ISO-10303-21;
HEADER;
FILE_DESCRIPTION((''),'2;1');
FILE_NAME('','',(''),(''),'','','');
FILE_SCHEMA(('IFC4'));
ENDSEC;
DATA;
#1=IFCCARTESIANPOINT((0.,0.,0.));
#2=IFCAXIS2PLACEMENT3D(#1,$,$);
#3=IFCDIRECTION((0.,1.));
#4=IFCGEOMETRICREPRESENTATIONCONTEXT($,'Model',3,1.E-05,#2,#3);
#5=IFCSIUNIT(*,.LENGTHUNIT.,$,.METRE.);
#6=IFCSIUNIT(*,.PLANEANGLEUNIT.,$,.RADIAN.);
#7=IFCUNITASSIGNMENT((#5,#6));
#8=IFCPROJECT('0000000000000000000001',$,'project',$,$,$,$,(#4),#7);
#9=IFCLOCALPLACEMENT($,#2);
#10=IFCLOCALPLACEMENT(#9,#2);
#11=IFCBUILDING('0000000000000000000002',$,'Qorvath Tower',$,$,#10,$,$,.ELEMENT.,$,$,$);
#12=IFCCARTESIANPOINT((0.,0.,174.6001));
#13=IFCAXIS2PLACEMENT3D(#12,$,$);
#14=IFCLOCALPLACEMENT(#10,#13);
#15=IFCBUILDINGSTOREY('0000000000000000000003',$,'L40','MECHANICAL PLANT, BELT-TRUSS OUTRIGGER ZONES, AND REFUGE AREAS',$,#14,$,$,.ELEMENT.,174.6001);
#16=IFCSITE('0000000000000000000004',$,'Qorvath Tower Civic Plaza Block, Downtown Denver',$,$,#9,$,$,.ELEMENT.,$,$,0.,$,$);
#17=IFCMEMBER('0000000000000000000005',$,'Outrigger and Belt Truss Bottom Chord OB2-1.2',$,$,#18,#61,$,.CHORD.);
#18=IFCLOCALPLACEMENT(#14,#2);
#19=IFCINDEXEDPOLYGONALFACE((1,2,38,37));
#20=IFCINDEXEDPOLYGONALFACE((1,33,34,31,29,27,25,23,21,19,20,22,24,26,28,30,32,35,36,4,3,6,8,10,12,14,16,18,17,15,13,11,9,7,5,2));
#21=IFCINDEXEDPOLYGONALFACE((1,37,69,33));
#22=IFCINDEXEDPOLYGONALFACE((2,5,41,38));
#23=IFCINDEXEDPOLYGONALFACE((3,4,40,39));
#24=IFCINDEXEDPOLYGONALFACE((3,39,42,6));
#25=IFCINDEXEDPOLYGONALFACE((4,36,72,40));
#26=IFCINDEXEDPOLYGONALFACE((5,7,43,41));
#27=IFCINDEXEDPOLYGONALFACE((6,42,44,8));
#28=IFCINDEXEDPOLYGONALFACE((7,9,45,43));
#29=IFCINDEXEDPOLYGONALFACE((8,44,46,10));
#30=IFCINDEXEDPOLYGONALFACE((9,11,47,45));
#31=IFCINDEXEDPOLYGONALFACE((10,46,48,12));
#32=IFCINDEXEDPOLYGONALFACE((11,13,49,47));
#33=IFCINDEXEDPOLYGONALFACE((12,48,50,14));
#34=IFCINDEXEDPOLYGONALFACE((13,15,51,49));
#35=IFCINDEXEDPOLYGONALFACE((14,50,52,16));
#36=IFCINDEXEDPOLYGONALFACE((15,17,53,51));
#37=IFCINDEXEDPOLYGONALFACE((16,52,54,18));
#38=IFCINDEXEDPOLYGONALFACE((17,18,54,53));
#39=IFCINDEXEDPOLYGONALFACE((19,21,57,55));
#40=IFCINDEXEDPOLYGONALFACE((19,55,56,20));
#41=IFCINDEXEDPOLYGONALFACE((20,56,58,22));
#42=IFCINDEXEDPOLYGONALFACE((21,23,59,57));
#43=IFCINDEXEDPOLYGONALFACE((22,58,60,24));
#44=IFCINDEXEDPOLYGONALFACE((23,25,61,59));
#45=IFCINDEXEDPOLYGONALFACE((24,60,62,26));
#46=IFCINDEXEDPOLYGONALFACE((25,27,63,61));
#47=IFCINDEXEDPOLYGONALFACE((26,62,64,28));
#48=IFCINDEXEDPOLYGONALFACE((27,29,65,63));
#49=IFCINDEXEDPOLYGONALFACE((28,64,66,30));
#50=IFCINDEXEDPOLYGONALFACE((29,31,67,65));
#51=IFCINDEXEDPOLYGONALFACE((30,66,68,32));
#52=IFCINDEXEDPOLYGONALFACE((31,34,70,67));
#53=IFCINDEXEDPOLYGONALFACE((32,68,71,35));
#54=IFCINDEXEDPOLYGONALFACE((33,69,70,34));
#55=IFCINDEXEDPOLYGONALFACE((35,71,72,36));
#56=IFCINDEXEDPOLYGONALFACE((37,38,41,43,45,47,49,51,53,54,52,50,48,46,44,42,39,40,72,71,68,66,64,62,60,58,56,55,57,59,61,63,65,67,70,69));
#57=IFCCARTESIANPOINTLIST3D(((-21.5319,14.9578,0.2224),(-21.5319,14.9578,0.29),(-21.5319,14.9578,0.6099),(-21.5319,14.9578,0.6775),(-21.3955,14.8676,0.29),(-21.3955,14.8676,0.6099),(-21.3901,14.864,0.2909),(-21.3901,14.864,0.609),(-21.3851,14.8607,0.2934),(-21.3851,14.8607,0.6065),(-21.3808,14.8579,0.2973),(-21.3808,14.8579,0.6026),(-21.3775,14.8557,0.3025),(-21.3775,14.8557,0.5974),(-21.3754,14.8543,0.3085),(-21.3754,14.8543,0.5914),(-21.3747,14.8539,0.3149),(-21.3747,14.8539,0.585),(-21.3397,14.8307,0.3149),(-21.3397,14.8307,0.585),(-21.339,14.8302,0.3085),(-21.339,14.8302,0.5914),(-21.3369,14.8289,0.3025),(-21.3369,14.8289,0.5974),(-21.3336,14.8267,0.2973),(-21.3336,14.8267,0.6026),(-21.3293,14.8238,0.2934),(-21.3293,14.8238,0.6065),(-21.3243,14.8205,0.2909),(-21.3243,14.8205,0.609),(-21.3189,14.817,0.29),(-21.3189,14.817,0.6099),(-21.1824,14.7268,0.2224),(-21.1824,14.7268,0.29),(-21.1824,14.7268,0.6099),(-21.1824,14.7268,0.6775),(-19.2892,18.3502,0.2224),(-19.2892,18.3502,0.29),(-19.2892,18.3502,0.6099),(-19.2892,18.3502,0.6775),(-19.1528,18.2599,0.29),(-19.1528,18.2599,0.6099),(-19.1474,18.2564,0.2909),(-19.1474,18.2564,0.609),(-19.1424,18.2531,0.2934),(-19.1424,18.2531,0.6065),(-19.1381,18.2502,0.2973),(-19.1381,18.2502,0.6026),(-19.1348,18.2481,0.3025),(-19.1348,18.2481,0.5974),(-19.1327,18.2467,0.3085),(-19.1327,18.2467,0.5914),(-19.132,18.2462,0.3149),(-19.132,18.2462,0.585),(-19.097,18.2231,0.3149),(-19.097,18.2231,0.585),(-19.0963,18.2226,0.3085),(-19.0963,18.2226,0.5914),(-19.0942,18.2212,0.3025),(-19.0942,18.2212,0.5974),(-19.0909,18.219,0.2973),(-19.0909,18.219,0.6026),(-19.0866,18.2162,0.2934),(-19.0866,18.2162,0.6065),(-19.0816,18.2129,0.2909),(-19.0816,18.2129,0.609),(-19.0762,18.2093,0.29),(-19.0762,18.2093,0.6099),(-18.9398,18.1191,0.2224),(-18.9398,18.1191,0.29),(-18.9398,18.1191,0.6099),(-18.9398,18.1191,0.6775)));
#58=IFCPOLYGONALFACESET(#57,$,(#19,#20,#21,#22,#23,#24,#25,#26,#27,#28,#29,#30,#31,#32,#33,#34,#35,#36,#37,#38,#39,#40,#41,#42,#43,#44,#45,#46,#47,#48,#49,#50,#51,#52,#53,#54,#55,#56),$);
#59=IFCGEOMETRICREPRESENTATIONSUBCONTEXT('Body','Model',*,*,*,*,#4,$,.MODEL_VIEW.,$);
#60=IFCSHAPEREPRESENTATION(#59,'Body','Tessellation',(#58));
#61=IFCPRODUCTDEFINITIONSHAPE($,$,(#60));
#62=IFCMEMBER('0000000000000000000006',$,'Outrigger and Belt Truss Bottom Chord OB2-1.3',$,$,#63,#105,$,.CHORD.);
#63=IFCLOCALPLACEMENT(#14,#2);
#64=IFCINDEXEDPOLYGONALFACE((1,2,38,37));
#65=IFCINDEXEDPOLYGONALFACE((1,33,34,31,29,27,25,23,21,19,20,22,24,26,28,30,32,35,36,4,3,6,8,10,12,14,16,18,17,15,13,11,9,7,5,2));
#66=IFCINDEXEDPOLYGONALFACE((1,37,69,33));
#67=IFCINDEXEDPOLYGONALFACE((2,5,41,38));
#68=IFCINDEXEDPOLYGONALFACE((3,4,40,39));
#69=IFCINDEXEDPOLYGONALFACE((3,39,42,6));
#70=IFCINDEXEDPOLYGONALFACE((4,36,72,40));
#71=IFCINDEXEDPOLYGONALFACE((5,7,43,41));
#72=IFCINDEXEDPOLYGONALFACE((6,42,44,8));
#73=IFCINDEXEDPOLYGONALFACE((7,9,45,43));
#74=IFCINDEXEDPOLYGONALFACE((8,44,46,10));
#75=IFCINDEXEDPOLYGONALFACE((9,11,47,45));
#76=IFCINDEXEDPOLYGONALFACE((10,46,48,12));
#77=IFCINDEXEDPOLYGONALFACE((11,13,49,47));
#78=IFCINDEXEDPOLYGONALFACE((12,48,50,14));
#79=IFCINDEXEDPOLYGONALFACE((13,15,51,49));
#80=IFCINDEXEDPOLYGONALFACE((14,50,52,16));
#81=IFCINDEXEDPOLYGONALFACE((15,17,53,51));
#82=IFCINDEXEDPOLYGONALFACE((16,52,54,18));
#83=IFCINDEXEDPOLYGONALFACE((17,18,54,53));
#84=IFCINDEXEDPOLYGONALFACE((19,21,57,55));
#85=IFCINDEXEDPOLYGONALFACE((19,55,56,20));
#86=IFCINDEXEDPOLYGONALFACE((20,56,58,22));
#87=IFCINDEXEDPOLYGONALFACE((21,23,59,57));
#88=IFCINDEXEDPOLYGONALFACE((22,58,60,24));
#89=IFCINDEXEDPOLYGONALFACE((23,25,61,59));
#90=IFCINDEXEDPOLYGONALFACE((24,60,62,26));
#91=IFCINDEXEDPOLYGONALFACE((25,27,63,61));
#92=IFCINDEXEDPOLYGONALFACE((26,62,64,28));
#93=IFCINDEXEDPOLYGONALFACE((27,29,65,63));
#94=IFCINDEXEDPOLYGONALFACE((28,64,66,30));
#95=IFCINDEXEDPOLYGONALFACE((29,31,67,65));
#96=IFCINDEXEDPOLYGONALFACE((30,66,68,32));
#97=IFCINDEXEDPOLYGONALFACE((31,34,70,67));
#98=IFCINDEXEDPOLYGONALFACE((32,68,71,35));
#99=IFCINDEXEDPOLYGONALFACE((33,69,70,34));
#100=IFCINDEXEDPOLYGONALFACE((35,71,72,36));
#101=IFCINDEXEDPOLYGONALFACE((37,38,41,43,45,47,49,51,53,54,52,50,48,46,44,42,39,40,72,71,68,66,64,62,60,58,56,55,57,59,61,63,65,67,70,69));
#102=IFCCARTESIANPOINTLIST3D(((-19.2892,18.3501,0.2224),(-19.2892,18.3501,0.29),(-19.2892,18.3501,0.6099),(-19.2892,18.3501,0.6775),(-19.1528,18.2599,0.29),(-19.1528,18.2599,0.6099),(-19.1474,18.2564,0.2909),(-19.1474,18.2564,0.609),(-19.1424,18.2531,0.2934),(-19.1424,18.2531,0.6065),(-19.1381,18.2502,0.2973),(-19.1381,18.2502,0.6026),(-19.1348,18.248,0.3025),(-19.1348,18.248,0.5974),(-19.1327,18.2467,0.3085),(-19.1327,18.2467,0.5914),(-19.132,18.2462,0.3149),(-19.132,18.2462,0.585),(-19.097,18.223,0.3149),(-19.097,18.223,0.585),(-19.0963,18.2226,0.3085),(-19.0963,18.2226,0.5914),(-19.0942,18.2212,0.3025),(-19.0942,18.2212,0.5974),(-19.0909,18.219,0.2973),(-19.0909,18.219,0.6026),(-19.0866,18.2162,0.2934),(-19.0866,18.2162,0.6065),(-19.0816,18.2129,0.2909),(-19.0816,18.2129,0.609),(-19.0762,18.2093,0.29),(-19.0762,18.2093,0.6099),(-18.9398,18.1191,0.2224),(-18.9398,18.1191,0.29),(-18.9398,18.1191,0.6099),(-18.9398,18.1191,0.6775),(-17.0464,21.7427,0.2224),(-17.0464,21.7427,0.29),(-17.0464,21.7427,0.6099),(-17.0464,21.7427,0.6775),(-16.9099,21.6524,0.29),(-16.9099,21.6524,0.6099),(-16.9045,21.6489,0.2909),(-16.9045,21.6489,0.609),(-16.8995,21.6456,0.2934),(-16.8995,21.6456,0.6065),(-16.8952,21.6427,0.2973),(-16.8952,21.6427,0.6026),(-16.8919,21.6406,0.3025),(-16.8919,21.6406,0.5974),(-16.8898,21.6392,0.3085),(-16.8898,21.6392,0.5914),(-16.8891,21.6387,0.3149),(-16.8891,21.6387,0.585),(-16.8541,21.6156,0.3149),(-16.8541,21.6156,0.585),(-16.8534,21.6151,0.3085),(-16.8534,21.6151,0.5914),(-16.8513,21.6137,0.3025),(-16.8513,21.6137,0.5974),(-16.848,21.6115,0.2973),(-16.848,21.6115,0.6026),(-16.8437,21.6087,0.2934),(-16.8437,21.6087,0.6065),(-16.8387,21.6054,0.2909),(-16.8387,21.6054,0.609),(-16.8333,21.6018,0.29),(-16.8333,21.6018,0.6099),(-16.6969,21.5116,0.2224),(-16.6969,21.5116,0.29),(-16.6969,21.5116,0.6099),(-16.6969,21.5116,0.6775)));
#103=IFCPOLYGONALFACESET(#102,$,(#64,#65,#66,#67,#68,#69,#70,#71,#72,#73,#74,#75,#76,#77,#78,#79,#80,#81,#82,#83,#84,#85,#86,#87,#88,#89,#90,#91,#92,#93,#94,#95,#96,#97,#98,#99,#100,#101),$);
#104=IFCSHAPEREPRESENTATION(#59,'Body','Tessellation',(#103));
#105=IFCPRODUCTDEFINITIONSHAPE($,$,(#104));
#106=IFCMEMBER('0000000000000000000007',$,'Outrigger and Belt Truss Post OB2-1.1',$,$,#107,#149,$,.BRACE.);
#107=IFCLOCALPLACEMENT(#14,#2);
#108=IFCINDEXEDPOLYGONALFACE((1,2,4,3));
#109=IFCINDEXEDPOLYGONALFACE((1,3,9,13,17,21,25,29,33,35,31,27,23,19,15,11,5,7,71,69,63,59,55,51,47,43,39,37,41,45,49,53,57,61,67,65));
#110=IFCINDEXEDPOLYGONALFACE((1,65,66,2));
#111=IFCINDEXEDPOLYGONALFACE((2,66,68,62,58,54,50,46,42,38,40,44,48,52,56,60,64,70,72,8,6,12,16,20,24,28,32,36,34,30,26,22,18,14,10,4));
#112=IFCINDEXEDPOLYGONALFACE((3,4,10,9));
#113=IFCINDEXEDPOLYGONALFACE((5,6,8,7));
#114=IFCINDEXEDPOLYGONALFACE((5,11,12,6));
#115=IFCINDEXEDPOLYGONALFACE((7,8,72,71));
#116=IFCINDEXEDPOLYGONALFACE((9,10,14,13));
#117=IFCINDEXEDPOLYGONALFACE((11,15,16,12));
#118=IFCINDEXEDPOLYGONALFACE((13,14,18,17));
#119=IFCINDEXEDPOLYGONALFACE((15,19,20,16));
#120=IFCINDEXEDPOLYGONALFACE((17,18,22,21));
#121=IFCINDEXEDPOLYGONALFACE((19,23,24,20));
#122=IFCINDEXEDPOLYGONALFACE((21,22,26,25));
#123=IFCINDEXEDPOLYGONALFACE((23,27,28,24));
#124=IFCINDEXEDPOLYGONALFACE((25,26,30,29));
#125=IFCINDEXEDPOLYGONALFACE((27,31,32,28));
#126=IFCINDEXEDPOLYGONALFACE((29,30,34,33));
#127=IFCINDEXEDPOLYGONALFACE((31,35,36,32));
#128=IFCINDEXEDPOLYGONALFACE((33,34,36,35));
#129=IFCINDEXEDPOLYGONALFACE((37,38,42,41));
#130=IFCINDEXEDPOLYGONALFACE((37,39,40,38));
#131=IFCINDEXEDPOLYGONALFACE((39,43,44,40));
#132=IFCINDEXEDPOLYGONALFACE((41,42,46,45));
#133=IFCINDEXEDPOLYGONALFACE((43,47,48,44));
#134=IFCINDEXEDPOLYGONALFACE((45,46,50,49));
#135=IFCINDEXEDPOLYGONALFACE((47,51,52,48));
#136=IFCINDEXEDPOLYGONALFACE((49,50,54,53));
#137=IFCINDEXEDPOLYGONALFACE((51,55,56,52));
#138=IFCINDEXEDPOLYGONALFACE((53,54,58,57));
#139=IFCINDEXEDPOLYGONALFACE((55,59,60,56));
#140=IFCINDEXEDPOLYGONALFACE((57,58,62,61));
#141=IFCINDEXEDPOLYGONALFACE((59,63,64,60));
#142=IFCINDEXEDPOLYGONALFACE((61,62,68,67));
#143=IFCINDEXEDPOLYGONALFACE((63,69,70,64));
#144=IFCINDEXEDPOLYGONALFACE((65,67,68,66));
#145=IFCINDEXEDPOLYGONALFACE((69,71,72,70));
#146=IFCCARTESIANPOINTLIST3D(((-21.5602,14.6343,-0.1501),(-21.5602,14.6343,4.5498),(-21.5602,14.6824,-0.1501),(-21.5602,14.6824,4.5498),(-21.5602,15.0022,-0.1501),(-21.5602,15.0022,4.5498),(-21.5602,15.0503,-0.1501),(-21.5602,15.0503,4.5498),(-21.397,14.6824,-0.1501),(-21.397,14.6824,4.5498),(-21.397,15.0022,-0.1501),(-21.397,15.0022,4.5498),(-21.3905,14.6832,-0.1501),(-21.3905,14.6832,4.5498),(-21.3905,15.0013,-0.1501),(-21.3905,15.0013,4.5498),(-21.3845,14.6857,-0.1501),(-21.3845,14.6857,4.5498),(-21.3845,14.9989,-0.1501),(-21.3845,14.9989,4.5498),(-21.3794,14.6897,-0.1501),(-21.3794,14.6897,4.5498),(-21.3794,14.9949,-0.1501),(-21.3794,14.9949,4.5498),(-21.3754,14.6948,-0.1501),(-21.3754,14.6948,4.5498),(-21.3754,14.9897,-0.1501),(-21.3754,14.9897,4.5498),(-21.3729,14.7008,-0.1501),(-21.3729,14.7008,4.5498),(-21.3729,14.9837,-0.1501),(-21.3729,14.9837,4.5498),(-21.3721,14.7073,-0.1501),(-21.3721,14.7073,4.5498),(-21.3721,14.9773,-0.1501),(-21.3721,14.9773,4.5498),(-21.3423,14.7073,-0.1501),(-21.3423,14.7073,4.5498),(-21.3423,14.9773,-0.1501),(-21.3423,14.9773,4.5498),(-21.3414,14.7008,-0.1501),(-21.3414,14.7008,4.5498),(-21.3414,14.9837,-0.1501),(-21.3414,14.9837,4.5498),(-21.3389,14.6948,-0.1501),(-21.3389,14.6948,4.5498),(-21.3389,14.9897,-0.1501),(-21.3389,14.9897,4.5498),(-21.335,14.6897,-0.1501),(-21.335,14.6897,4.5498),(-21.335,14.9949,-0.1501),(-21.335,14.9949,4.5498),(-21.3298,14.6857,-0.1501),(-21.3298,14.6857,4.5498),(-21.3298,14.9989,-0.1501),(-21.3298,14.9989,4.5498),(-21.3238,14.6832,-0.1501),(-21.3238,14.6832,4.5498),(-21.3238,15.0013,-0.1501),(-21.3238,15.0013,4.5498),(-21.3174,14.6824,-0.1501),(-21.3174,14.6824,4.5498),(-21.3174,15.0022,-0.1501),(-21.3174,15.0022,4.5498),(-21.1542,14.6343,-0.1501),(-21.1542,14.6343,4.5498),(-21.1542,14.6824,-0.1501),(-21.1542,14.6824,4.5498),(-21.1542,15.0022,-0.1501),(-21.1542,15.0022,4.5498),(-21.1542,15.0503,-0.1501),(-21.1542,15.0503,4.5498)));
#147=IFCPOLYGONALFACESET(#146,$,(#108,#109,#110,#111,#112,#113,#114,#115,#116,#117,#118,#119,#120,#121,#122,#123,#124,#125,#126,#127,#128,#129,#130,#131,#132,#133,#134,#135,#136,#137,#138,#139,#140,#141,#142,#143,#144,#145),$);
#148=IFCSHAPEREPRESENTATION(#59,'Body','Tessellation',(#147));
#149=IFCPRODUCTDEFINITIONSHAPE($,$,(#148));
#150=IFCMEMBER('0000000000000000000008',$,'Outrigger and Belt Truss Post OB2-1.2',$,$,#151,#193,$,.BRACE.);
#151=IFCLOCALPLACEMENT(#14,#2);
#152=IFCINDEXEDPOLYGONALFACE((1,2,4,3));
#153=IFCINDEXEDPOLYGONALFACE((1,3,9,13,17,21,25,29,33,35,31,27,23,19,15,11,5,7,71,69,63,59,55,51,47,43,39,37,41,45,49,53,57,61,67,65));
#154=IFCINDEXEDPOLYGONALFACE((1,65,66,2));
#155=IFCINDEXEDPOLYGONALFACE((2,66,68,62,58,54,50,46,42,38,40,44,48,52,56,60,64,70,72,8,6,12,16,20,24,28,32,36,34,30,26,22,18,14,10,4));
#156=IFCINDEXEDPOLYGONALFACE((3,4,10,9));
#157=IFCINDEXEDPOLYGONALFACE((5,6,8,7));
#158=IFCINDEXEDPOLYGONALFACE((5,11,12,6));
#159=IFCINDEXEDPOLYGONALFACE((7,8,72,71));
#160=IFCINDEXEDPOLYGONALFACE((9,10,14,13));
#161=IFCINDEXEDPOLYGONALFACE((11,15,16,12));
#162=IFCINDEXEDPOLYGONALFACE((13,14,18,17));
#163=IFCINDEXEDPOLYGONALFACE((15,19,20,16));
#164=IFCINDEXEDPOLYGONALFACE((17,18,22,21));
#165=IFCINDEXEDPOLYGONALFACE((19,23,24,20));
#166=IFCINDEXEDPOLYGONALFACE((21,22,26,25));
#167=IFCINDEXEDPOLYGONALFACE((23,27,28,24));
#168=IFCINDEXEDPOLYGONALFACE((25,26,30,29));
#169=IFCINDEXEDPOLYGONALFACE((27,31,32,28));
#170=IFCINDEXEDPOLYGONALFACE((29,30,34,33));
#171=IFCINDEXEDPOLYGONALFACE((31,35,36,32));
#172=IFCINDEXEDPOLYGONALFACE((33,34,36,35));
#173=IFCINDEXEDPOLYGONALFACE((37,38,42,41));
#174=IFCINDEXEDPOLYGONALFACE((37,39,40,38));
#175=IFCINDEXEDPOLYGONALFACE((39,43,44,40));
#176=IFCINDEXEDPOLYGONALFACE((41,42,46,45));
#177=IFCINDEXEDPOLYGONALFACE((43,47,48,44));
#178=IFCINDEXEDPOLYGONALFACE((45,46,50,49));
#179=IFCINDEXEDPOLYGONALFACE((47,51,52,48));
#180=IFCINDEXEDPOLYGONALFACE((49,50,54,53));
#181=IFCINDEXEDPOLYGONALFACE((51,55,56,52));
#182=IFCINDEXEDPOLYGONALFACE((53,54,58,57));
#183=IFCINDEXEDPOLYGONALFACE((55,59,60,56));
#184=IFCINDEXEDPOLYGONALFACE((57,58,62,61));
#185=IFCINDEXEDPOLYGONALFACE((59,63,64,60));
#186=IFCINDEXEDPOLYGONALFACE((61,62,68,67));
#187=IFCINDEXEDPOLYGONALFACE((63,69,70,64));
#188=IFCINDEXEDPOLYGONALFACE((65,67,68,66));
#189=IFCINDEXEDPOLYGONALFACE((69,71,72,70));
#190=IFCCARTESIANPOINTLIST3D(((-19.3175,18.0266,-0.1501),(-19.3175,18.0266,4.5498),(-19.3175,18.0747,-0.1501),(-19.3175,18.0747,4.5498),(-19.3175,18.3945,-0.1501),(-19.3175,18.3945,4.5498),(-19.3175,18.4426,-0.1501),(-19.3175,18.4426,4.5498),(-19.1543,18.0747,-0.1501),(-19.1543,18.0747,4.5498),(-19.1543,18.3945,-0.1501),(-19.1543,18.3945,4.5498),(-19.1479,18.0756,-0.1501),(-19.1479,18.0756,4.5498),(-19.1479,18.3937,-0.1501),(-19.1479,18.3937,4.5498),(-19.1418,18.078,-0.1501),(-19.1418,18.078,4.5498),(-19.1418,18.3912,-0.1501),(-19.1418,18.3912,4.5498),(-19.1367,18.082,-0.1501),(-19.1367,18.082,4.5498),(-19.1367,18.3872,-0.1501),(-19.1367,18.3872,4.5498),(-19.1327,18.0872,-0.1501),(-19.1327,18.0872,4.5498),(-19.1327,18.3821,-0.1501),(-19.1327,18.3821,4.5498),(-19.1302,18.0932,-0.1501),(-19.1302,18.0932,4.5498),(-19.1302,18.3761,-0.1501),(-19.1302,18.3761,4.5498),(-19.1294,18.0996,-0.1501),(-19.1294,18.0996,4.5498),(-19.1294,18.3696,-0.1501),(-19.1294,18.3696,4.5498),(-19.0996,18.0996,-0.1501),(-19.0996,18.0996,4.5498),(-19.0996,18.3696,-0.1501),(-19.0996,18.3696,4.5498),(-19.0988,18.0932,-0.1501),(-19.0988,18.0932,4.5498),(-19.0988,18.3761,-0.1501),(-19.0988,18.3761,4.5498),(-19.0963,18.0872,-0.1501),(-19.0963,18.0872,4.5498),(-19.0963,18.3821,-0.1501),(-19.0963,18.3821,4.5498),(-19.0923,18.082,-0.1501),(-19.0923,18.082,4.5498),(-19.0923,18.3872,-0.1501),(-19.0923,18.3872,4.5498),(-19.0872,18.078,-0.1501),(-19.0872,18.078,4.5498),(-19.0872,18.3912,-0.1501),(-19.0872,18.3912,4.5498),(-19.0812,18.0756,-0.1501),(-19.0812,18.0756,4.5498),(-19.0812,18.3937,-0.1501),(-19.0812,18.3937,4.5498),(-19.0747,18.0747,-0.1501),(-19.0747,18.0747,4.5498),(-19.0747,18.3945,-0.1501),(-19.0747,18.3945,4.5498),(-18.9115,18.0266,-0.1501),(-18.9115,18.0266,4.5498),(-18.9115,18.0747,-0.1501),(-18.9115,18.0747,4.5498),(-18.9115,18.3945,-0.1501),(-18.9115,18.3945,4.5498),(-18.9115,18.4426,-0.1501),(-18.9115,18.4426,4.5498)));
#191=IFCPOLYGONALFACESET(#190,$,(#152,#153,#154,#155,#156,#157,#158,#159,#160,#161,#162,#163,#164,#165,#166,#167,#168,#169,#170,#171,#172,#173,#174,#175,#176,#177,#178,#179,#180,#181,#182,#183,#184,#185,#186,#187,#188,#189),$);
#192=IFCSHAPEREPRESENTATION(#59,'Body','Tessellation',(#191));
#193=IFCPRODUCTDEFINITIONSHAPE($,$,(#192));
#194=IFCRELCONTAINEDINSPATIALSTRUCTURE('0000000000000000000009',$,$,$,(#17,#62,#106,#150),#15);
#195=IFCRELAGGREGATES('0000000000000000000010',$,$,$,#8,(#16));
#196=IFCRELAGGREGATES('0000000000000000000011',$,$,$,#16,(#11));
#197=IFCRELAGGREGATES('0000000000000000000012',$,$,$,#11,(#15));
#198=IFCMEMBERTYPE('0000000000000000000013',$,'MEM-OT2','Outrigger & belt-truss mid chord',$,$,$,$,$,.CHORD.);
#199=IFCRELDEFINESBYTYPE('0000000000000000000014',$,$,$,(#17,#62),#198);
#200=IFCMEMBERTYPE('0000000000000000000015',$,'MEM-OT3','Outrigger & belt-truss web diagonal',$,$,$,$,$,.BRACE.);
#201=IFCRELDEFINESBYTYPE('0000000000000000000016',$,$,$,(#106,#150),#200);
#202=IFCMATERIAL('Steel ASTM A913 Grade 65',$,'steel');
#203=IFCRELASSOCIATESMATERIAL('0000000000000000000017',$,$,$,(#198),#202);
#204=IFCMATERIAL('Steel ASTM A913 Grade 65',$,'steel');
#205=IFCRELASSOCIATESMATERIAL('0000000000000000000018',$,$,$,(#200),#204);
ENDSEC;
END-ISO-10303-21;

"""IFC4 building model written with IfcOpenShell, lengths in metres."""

from ifc_helpers import new_model, si_unit, direction, frame, origin, origin_2d, place, context, subcontext, project, spatial, i_section, extrude, material, material_profile, profile_set, type_object, element, save


model = new_model("IFC4")

# Units and contexts
model_context = context("Model", 3, precision=1e-05, world=origin(), true_north=direction((0.0, 1.0)))
body_context = subcontext(model_context, "Body", "Model", "MODEL_VIEW")
ifc_project = project(units=[si_unit("LENGTHUNIT", "METRE"), si_unit("PLANEANGLEUNIT", "RADIAN")], contexts=[model_context])

# Site, building, storey
site_placement = place(None, origin())
site = spatial("IfcSite", under=ifc_project, at=site_placement, Name="Qorvath Tower Civic Plaza Block, Downtown Denver", CompositionType="ELEMENT", RefElevation=0.0)
building_placement = place(site_placement, origin())
building = spatial("IfcBuilding", under=site, at=building_placement, Name="Qorvath Tower", CompositionType="ELEMENT")
storey_placement = place(building_placement, frame((0.0, 0.0, 174.6001)))
storey = spatial("IfcBuildingStorey", under=building, at=storey_placement, Name="L40", Description="MECHANICAL PLANT, BELT-TRUSS OUTRIGGER ZONES, AND REFUGE AREAS", CompositionType="ELEMENT", Elevation=174.6001)

# Members
ifc_material_1 = material(Name="Steel ASTM A913 Grade 65", Category="steel")
ifc_material_profile_1 = material_profile(ifc_material_1, i_section(OverallWidth=0.4189, OverallDepth=0.4551, WebThickness=0.042, FlangeThickness=0.0676, FilletRadius=0.0249, at=origin_2d()), Name="W14x370")
ifc_profile_set_1 = profile_set([ifc_material_profile_1], Name="Steel ASTM A913 Grade 65")
member_type_1 = type_object("IfcMemberType", Name="MEM-OT2", Description="Outrigger & belt-truss mid chord", PredefinedType="CHORD", material=ifc_profile_set_1)
for number, where, z_axis, x_axis, name in (
    (1, (-21.3572, 14.8423, 0.45), (0.551482, 0.834187, 0.0), (-0.834187, 0.551482, 0.0), "Outrigger and Belt Truss Bottom Chord OB2-1.2"),
):
    element("IfcMember", number, at=place(storey_placement, frame(where, z_axis=z_axis, x_axis=x_axis)), inside=storey, type_object=member_type_1, Name=name, PredefinedType="CHORD", context=body_context, shape_type="SweptSolid", body=[
        extrude(i_section(OverallWidth=0.4189, OverallDepth=0.4551, WebThickness=0.042, FlangeThickness=0.0676, FilletRadius=0.0249, at=origin_2d()), origin(), (0.0, 0.0, 1.0), 4.0667),
    ])
member_placement = place(storey_placement, frame((-19.1145, 18.2346, 0.45), z_axis=(0.551496, 0.834178, 0.0), x_axis=(-0.834178, 0.551496, 0.0)))
element("IfcMember", 2, at=member_placement, inside=storey, type_object=member_type_1, Name="Outrigger and Belt Truss Bottom Chord OB2-1.3", PredefinedType="CHORD", context=body_context, shape_type="SweptSolid", body=[
    extrude(i_section(OverallWidth=0.4189, OverallDepth=0.4551, WebThickness=0.042, FlangeThickness=0.0676, FilletRadius=0.0249, at=origin_2d()), origin(), (0.0, 0.0, 1.0), 4.0669),
])
ifc_material_2 = material(Name="Steel ASTM A913 Grade 65", Category="steel")
ifc_material_profile_2 = material_profile(ifc_material_2, i_section(OverallWidth=0.406, OverallDepth=0.416, WebThickness=0.0298, FlangeThickness=0.0481, FilletRadius=0.0249, at=origin_2d()), Name="W14x257")
ifc_profile_set_2 = profile_set([ifc_material_profile_2], Name="Steel ASTM A913 Grade 65")
member_type_2 = type_object("IfcMemberType", Name="MEM-OT3", Description="Outrigger & belt-truss web diagonal", PredefinedType="BRACE", material=ifc_profile_set_2)
for number, where, z_axis, x_axis, name in (
    (3, (-21.3572, 14.8423, -0.1501), (0.0, 0.0, 1.0), (1.0, 0.0, 0.0), "Outrigger and Belt Truss Post OB2-1.1"),
    (4, (-19.1145, 18.2346, -0.1501), (0.0, 0.0, 1.0), (1.0, 0.0, 0.0), "Outrigger and Belt Truss Post OB2-1.2"),
):
    element("IfcMember", number, at=place(storey_placement, frame(where, z_axis=z_axis, x_axis=x_axis)), inside=storey, type_object=member_type_2, Name=name, PredefinedType="BRACE", context=body_context, shape_type="SweptSolid", body=[
        extrude(i_section(OverallWidth=0.406, OverallDepth=0.416, WebThickness=0.0298, FlangeThickness=0.0481, FilletRadius=0.0249, at=origin_2d()), origin(), (0.0, 0.0, 1.0), 4.7),
    ])

save(model, "model.ifc")
